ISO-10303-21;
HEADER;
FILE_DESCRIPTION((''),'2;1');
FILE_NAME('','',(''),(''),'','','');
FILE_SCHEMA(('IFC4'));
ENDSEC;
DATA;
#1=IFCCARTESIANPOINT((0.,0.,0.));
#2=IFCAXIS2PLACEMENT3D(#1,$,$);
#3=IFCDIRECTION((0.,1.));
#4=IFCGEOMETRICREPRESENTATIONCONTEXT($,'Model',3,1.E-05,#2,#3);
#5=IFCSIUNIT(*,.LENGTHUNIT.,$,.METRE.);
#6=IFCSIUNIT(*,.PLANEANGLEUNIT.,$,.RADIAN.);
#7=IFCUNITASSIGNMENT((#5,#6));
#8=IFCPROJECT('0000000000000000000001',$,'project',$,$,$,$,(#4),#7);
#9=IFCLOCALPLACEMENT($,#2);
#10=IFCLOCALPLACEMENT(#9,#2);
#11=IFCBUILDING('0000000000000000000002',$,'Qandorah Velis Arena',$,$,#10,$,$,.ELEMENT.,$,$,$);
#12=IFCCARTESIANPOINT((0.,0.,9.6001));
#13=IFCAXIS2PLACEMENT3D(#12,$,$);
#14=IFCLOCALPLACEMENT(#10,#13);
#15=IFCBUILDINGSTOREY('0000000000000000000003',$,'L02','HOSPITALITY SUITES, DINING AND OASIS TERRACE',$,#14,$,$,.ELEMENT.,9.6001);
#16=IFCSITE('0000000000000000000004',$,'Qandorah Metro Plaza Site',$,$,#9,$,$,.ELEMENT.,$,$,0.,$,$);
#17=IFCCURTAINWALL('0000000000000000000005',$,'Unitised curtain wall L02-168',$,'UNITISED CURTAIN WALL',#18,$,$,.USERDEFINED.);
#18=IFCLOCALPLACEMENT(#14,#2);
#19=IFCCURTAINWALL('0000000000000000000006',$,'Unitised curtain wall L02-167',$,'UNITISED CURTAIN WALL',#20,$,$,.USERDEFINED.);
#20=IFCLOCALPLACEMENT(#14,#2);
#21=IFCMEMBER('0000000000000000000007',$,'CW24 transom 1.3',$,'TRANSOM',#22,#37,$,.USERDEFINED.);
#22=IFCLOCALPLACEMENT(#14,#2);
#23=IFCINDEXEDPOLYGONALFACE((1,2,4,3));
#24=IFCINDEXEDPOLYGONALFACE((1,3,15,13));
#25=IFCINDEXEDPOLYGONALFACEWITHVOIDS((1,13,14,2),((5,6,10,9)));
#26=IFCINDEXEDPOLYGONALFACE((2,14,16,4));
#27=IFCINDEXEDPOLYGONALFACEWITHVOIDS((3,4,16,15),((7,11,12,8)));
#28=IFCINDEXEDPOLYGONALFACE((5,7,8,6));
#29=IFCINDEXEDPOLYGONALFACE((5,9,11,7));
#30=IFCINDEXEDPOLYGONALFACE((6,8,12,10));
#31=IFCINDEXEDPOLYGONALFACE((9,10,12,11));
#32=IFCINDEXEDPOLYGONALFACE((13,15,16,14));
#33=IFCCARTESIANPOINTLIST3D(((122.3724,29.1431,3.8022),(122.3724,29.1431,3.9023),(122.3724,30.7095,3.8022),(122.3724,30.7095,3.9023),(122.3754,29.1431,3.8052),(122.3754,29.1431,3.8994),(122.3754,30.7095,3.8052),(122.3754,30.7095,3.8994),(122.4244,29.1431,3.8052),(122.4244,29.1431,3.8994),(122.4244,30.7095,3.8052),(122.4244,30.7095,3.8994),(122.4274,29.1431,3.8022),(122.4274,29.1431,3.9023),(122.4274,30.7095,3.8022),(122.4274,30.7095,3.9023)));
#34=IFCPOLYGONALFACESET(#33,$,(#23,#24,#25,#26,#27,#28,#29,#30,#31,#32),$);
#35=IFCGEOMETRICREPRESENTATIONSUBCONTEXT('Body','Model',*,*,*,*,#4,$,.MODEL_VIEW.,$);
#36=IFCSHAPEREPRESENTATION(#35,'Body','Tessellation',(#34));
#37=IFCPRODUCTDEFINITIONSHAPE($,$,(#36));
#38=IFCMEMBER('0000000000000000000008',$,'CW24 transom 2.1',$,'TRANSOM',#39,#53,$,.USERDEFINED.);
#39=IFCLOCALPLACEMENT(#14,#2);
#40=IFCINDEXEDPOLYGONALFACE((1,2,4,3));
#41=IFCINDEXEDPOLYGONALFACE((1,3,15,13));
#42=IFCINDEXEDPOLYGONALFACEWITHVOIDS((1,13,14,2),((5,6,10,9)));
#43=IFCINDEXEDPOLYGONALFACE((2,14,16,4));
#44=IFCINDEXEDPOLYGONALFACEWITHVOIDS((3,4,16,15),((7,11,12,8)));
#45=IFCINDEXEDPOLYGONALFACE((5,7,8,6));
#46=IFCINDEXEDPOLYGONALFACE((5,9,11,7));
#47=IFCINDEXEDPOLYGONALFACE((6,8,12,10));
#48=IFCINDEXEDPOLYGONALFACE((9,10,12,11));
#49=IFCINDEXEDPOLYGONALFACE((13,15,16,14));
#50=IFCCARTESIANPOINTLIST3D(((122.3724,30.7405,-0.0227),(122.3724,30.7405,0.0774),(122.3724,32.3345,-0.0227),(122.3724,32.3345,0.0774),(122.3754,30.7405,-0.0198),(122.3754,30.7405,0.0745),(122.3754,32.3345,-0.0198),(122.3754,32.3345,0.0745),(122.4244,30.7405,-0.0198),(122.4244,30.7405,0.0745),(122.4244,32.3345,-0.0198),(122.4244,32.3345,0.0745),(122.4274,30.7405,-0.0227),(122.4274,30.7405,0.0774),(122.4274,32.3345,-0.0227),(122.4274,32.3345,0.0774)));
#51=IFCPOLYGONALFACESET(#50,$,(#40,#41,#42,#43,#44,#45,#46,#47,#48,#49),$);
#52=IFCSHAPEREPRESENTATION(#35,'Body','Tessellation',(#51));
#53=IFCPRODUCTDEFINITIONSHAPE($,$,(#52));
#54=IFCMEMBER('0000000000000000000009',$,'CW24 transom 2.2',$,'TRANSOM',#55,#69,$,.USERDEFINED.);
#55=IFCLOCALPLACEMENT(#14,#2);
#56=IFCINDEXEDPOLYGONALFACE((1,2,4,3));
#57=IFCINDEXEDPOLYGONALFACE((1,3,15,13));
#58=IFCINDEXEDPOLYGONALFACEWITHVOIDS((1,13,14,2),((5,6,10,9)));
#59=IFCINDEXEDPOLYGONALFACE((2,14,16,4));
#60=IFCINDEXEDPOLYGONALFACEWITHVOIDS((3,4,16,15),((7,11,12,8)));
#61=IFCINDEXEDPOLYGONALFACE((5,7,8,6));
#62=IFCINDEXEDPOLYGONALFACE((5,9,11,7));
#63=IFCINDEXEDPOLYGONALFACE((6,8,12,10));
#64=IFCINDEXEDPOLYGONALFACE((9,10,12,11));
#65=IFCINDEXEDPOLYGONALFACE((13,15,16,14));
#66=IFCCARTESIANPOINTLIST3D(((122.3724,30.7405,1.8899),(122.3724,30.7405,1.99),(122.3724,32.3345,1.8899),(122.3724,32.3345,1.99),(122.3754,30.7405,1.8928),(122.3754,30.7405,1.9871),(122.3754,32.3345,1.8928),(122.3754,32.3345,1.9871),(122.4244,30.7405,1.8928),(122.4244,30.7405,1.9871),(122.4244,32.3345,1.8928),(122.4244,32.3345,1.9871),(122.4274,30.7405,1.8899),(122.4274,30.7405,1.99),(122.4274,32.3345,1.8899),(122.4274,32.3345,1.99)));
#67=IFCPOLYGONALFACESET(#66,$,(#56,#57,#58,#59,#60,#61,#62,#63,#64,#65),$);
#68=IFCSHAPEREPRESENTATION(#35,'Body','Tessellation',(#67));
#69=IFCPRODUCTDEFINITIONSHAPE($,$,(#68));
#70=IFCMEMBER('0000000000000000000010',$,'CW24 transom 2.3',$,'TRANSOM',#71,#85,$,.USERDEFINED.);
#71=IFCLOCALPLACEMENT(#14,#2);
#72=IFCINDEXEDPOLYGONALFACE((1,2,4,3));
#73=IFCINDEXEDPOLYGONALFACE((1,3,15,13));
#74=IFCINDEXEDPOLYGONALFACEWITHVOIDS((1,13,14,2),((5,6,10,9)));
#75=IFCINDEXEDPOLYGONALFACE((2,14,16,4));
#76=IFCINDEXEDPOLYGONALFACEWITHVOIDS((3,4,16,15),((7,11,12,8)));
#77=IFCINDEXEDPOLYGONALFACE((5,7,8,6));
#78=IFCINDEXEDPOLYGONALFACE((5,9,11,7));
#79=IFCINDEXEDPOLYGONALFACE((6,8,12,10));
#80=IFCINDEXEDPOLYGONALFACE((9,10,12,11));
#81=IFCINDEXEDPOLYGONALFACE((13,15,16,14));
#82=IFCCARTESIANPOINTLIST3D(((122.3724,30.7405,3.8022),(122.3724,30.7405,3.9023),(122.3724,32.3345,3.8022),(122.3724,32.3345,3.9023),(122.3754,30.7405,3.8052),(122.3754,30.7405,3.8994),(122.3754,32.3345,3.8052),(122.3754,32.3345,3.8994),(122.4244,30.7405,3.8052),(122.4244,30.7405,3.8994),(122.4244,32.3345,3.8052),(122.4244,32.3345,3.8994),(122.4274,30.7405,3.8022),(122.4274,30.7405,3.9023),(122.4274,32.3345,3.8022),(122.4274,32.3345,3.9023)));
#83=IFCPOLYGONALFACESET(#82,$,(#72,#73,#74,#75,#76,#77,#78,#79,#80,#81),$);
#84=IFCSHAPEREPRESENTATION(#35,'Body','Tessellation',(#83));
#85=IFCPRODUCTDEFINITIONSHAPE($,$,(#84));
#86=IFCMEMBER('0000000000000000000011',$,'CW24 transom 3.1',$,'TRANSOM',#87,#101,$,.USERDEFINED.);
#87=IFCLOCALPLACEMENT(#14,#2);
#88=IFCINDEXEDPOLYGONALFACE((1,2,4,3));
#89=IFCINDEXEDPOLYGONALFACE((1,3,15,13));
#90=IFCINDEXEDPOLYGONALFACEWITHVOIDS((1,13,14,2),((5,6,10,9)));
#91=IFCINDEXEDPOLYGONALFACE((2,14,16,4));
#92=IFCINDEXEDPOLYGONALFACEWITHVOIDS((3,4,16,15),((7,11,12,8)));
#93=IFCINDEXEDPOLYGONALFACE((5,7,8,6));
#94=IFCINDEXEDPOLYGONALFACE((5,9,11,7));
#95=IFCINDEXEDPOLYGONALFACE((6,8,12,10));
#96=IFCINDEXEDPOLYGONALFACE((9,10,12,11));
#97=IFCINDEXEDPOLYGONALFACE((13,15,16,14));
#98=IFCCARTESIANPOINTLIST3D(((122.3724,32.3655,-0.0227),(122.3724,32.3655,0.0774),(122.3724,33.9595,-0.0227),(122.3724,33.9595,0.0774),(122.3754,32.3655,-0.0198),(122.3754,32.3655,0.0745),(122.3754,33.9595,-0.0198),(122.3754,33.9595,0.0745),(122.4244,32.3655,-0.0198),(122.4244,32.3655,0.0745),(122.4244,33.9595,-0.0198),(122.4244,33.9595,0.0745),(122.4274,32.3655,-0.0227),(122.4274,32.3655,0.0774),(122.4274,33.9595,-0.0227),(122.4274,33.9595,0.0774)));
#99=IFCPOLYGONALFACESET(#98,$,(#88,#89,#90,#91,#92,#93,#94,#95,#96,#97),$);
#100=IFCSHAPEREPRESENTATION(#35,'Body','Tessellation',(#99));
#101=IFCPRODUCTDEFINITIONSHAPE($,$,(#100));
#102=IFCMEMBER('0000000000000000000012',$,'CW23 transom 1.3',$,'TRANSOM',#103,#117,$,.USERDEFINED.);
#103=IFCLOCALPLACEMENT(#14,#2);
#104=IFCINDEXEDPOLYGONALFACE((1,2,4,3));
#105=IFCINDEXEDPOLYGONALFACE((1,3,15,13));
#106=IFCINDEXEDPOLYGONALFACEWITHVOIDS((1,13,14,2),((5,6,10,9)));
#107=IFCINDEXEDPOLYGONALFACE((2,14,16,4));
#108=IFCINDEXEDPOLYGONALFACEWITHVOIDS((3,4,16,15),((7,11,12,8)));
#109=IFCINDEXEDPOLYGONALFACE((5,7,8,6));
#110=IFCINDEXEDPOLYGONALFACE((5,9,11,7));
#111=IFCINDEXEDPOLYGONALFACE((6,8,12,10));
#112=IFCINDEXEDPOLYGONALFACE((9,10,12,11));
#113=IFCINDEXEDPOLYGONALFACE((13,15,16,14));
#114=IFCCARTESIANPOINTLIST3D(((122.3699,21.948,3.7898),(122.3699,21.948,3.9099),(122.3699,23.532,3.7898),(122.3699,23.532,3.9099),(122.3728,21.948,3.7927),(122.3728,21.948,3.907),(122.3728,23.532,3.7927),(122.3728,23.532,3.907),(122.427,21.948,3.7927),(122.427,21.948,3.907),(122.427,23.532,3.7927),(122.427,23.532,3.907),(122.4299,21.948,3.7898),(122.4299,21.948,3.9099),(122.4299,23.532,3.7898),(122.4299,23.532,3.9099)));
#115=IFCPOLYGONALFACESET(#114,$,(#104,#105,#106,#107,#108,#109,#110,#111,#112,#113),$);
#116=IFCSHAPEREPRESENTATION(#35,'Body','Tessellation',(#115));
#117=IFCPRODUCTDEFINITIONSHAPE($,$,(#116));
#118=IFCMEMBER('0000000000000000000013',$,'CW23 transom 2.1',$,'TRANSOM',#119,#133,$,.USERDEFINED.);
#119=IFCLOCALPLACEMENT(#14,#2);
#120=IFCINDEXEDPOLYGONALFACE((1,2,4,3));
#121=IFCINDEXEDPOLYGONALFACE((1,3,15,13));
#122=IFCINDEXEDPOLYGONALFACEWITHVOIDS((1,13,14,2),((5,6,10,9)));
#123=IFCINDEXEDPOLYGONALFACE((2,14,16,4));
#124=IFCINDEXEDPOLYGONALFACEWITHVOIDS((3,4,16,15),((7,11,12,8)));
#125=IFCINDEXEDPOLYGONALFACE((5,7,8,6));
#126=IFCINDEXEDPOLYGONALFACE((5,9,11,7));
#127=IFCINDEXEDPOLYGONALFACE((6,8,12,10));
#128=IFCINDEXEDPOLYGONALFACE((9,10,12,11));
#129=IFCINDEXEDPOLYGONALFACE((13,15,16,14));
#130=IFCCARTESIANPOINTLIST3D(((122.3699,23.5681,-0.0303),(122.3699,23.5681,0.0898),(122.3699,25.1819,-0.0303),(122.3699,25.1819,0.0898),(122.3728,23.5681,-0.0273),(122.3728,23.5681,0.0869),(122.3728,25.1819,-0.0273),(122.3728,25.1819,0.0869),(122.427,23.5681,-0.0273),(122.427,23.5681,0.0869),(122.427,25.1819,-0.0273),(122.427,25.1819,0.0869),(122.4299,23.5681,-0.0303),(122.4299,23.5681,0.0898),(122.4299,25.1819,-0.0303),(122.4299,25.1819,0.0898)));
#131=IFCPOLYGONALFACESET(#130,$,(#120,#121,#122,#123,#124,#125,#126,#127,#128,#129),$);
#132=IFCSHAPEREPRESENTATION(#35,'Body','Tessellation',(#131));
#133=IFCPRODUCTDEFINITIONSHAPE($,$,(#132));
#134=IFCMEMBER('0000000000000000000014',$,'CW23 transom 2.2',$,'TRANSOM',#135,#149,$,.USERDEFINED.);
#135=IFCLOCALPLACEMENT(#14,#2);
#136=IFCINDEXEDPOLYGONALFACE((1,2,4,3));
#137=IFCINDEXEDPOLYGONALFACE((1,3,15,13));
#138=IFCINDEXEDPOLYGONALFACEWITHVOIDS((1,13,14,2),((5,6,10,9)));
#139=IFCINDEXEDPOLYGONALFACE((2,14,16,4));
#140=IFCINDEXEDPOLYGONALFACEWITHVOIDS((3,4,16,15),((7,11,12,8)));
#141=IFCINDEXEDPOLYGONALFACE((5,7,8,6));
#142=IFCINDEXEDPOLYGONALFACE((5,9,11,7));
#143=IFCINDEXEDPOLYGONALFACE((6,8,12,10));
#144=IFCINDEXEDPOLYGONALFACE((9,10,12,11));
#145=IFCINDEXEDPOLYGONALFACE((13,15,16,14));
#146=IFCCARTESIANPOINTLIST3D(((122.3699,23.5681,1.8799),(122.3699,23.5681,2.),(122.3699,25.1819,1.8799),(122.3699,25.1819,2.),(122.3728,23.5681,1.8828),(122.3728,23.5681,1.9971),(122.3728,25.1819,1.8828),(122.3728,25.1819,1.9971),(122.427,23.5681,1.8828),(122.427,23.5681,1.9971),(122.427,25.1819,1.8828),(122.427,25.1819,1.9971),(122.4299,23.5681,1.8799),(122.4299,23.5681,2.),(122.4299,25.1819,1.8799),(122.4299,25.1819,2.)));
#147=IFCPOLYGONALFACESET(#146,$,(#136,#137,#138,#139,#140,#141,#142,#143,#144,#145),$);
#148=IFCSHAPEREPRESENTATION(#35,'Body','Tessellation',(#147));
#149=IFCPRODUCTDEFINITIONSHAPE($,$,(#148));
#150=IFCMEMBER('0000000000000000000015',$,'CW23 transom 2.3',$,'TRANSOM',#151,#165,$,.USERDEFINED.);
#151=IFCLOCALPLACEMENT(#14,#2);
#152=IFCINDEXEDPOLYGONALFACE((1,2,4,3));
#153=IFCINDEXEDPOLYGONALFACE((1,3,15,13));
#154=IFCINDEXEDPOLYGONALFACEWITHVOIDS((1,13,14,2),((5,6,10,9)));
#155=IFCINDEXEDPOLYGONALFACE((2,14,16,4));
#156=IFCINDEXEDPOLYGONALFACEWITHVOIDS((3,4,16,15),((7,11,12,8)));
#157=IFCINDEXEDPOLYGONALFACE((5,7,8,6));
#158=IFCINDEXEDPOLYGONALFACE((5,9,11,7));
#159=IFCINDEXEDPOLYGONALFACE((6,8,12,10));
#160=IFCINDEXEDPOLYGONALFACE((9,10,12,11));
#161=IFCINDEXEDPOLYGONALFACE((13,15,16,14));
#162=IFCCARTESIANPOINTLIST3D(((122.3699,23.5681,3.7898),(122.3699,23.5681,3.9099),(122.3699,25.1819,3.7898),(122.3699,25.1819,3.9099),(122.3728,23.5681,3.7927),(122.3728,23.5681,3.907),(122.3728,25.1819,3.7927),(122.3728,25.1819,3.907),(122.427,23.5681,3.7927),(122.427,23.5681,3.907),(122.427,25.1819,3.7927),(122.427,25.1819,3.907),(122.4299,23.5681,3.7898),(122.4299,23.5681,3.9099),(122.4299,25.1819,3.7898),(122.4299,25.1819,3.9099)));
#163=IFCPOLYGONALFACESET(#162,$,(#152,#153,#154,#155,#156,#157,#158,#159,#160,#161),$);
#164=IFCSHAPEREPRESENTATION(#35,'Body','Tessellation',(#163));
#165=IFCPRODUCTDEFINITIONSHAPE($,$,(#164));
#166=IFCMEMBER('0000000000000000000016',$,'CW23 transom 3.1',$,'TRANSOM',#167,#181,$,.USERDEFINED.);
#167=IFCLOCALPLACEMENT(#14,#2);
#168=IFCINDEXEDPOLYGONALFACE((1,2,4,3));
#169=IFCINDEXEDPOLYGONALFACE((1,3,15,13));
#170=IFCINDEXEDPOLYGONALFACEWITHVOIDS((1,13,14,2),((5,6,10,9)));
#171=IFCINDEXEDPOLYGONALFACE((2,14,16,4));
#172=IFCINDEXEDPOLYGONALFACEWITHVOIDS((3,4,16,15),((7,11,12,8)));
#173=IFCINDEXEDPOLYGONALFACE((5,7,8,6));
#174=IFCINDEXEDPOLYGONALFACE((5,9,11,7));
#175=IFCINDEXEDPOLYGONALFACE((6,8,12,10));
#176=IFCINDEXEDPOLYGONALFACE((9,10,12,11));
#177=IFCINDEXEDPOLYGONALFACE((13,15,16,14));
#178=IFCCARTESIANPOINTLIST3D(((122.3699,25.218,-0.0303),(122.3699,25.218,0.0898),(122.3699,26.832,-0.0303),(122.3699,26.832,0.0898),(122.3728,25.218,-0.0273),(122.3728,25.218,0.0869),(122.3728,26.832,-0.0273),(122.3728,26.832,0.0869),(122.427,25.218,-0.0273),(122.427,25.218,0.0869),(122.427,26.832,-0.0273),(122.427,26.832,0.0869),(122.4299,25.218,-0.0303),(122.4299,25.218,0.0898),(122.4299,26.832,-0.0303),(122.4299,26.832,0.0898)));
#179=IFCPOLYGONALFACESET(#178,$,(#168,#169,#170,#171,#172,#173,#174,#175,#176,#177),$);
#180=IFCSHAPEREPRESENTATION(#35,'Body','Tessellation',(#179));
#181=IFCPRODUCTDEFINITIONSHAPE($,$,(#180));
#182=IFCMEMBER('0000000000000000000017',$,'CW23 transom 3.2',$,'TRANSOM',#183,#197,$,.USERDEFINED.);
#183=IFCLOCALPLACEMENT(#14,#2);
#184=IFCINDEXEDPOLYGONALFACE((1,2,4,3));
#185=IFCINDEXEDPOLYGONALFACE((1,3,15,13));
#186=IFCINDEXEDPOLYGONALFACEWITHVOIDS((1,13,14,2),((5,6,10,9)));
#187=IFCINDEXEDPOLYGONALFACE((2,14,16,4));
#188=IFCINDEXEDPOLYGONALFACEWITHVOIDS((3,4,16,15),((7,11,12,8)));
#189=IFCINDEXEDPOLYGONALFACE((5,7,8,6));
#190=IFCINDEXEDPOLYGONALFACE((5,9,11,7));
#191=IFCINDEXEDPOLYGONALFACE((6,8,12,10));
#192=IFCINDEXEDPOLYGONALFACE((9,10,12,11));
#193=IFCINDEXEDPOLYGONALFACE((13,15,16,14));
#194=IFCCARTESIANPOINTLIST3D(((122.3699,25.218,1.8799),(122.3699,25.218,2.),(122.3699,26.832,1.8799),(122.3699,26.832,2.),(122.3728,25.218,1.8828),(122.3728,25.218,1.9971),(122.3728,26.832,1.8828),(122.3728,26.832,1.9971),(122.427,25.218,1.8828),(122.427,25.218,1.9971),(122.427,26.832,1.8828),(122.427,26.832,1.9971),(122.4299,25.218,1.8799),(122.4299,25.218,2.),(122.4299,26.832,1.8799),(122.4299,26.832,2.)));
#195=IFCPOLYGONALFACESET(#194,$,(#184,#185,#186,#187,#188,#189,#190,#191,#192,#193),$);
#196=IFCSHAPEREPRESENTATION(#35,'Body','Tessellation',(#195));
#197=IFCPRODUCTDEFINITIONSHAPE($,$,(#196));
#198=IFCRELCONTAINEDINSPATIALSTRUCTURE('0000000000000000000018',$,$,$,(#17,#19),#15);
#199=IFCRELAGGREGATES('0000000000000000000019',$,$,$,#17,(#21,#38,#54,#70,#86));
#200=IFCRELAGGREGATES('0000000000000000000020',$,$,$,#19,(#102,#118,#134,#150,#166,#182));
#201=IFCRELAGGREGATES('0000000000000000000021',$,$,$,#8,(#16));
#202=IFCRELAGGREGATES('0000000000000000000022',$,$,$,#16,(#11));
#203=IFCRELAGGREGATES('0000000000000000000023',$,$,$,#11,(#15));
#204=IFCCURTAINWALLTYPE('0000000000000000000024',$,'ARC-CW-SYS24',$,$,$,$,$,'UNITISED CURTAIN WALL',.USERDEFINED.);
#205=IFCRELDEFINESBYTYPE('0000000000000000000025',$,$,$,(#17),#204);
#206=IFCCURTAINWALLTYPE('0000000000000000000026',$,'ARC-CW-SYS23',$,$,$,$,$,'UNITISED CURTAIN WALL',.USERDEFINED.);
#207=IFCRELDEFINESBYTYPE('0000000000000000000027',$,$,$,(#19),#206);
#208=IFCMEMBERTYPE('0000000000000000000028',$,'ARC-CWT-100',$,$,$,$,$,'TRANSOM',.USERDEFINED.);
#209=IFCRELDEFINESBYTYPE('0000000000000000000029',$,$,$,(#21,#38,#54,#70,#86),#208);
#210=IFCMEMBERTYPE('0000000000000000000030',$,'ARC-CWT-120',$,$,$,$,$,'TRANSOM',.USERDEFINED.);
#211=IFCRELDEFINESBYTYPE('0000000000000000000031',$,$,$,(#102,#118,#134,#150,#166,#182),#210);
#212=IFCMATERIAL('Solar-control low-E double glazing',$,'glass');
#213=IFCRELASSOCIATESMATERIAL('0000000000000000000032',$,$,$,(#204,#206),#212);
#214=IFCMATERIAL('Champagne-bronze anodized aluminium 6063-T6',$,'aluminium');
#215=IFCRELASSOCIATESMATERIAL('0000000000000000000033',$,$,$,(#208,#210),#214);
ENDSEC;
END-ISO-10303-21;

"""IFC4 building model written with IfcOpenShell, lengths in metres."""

from ifc_helpers import new_model, si_unit, direction, frame, origin, origin_2d, place, context, subcontext, project, spatial, hollow_rectangle, extrude, material, material_profile, profile_set, type_object, element, aggregate, save


model = new_model("IFC4")

# Units and contexts
model_context = context("Model", 3, precision=1e-05, world=origin(), true_north=direction((0.0, 1.0)))
body_context = subcontext(model_context, "Body", "Model", "MODEL_VIEW")
ifc_project = project(units=[si_unit("LENGTHUNIT", "METRE"), si_unit("PLANEANGLEUNIT", "RADIAN")], contexts=[model_context])

# Site, building, storey
site_placement = place(None, origin())
site = spatial("IfcSite", under=ifc_project, at=site_placement, Name="Qandorah Metro Plaza Site", CompositionType="ELEMENT", RefElevation=0.0)
building_placement = place(site_placement, origin())
building = spatial("IfcBuilding", under=site, at=building_placement, Name="Qandorah Velis Arena", CompositionType="ELEMENT")
storey_placement = place(building_placement, frame((0.0, 0.0, 9.6001)))
storey = spatial("IfcBuildingStorey", under=building, at=storey_placement, Name="L02", Description="HOSPITALITY SUITES, DINING AND OASIS TERRACE", CompositionType="ELEMENT", Elevation=9.6001)

# Curtain walls
ifc_material_1 = material(Name="Solar-control low-E double glazing", Category="glass")
curtain_wall_type_1 = type_object("IfcCurtainWallType", Name="ARC-CW-SYS24", ElementType="UNITISED CURTAIN WALL", PredefinedType="USERDEFINED", material=ifc_material_1)
curtain_wall_1_placement = place(storey_placement, origin())
curtain_wall_1 = element("IfcCurtainWall", 1, at=curtain_wall_1_placement, inside=storey, type_object=curtain_wall_type_1, Name="Unitised curtain wall L02-168", ObjectType="UNITISED CURTAIN WALL", PredefinedType="USERDEFINED")
ifc_material_2 = material(Name="Champagne-bronze anodized aluminium 6063-T6", Category="aluminium")
curtain_wall_type_2 = type_object("IfcCurtainWallType", Name="ARC-CW-SYS23", ElementType="UNITISED CURTAIN WALL", PredefinedType="USERDEFINED", material=ifc_material_1)
curtain_wall_2_placement = place(storey_placement, origin())
curtain_wall_2 = element("IfcCurtainWall", 2, at=curtain_wall_2_placement, inside=storey, type_object=curtain_wall_type_2, Name="Unitised curtain wall L02-167", ObjectType="UNITISED CURTAIN WALL", PredefinedType="USERDEFINED")

# Members
ifc_material_profile_1 = material_profile(ifc_material_2, hollow_rectangle(XDim=0.0549, YDim=0.1001, WallThickness=0.0029, at=origin_2d()), Name="ALU TRANSOM 55x100")
ifc_profile_set_1 = profile_set([ifc_material_profile_1], Name="Champagne-bronze anodized aluminium 6063-T6")
member_type_1 = type_object("IfcMemberType", Name="ARC-CWT-100", ElementType="TRANSOM", PredefinedType="USERDEFINED", material=ifc_profile_set_1)
member_1_placement = place(storey_placement, frame((122.3999, 29.1431, 3.8523), z_axis=(0.0, 1.0, 0.0), x_axis=(-1.0, 0.0, 0.0)))
member_1 = element("IfcMember", 3, at=member_1_placement, type_object=member_type_1, Name="CW24 transom 1.3", ObjectType="TRANSOM", PredefinedType="USERDEFINED", context=body_context, shape_type="SweptSolid", body=[
    extrude(hollow_rectangle(XDim=0.0549, YDim=0.1001, WallThickness=0.0029, at=origin_2d()), origin(), (0.0, 0.0, 1.0), 1.5664),
])
member_2_placement = place(storey_placement, frame((122.3999, 30.7405, 0.0273), z_axis=(0.0, 1.0, 0.0), x_axis=(-1.0, 0.0, 0.0)))
member_2 = element("IfcMember", 4, at=member_2_placement, type_object=member_type_1, Name="CW24 transom 2.1", ObjectType="TRANSOM", PredefinedType="USERDEFINED", context=body_context, shape_type="SweptSolid", body=[
    extrude(hollow_rectangle(XDim=0.0549, YDim=0.1001, WallThickness=0.0029, at=origin_2d()), origin(), (0.0, 0.0, 1.0), 1.594),
])
member_3_placement = place(storey_placement, frame((122.3999, 30.7405, 1.9399), z_axis=(0.0, 1.0, 0.0), x_axis=(-1.0, 0.0, 0.0)))
member_3 = element("IfcMember", 5, at=member_3_placement, type_object=member_type_1, Name="CW24 transom 2.2", ObjectType="TRANSOM", PredefinedType="USERDEFINED", context=body_context, shape_type="SweptSolid", body=[
    extrude(hollow_rectangle(XDim=0.0549, YDim=0.1001, WallThickness=0.0029, at=origin_2d()), origin(), (0.0, 0.0, 1.0), 1.594),
])
member_4_placement = place(storey_placement, frame((122.3999, 30.7405, 3.8523), z_axis=(0.0, 1.0, 0.0), x_axis=(-1.0, 0.0, 0.0)))
member_4 = element("IfcMember", 6, at=member_4_placement, type_object=member_type_1, Name="CW24 transom 2.3", ObjectType="TRANSOM", PredefinedType="USERDEFINED", context=body_context, shape_type="SweptSolid", body=[
    extrude(hollow_rectangle(XDim=0.0549, YDim=0.1001, WallThickness=0.0029, at=origin_2d()), origin(), (0.0, 0.0, 1.0), 1.594),
])
member_5_placement = place(storey_placement, frame((122.3999, 32.3655, 0.0273), z_axis=(0.0, 1.0, 0.0), x_axis=(-1.0, 0.0, 0.0)))
member_5 = element("IfcMember", 7, at=member_5_placement, type_object=member_type_1, Name="CW24 transom 3.1", ObjectType="TRANSOM", PredefinedType="USERDEFINED", context=body_context, shape_type="SweptSolid", body=[
    extrude(hollow_rectangle(XDim=0.0549, YDim=0.1001, WallThickness=0.0029, at=origin_2d()), origin(), (0.0, 0.0, 1.0), 1.594),
])
ifc_material_profile_2 = material_profile(ifc_material_2, hollow_rectangle(XDim=0.0601, YDim=0.1201, WallThickness=0.0029, at=origin_2d()), Name="ALU TRANSOM 60x120")
ifc_profile_set_2 = profile_set([ifc_material_profile_2], Name="Champagne-bronze anodized aluminium 6063-T6")
member_type_2 = type_object("IfcMemberType", Name="ARC-CWT-120", ElementType="TRANSOM", PredefinedType="USERDEFINED", material=ifc_profile_set_2)
member_6_placement = place(storey_placement, frame((122.3999, 21.948, 3.8499), z_axis=(0.0, 1.0, 0.0), x_axis=(-1.0, 0.0, 0.0)))
member_6 = element("IfcMember", 8, at=member_6_placement, type_object=member_type_2, Name="CW23 transom 1.3", ObjectType="TRANSOM", PredefinedType="USERDEFINED", context=body_context, shape_type="SweptSolid", body=[
    extrude(hollow_rectangle(XDim=0.0601, YDim=0.1201, WallThickness=0.0029, at=origin_2d()), origin(), (0.0, 0.0, 1.0), 1.584),
])
member_7_placement = place(storey_placement, frame((122.3999, 23.5681, 0.0298), z_axis=(0.0, 1.0, 0.0), x_axis=(-1.0, 0.0, 0.0)))
member_7 = element("IfcMember", 9, at=member_7_placement, type_object=member_type_2, Name="CW23 transom 2.1", ObjectType="TRANSOM", PredefinedType="USERDEFINED", context=body_context, shape_type="SweptSolid", body=[
    extrude(hollow_rectangle(XDim=0.0601, YDim=0.1201, WallThickness=0.0029, at=origin_2d()), origin(), (0.0, 0.0, 1.0), 1.6138),
])
member_8_placement = place(storey_placement, frame((122.3999, 23.5681, 1.9399), z_axis=(0.0, 1.0, 0.0), x_axis=(-1.0, 0.0, 0.0)))
member_8 = element("IfcMember", 10, at=member_8_placement, type_object=member_type_2, Name="CW23 transom 2.2", ObjectType="TRANSOM", PredefinedType="USERDEFINED", context=body_context, shape_type="SweptSolid", body=[
    extrude(hollow_rectangle(XDim=0.0601, YDim=0.1201, WallThickness=0.0029, at=origin_2d()), origin(), (0.0, 0.0, 1.0), 1.6138),
])
member_9_placement = place(storey_placement, frame((122.3999, 23.5681, 3.8499), z_axis=(0.0, 1.0, 0.0), x_axis=(-1.0, 0.0, 0.0)))
member_9 = element("IfcMember", 11, at=member_9_placement, type_object=member_type_2, Name="CW23 transom 2.3", ObjectType="TRANSOM", PredefinedType="USERDEFINED", context=body_context, shape_type="SweptSolid", body=[
    extrude(hollow_rectangle(XDim=0.0601, YDim=0.1201, WallThickness=0.0029, at=origin_2d()), origin(), (0.0, 0.0, 1.0), 1.6138),
])
member_10_placement = place(storey_placement, frame((122.3999, 25.218, 0.0298), z_axis=(0.0, 1.0, 0.0), x_axis=(-1.0, 0.0, 0.0)))
member_10 = element("IfcMember", 12, at=member_10_placement, type_object=member_type_2, Name="CW23 transom 3.1", ObjectType="TRANSOM", PredefinedType="USERDEFINED", context=body_context, shape_type="SweptSolid", body=[
    extrude(hollow_rectangle(XDim=0.0601, YDim=0.1201, WallThickness=0.0029, at=origin_2d()), origin(), (0.0, 0.0, 1.0), 1.614),
])
member_11_placement = place(storey_placement, frame((122.3999, 25.218, 1.9399), z_axis=(0.0, 1.0, 0.0), x_axis=(-1.0, 0.0, 0.0)))
member_11 = element("IfcMember", 13, at=member_11_placement, type_object=member_type_2, Name="CW23 transom 3.2", ObjectType="TRANSOM", PredefinedType="USERDEFINED", context=body_context, shape_type="SweptSolid", body=[
    extrude(hollow_rectangle(XDim=0.0601, YDim=0.1201, WallThickness=0.0029, at=origin_2d()), origin(), (0.0, 0.0, 1.0), 1.614),
])

aggregate(curtain_wall_1, [member_1, member_2, member_3, member_4, member_5])
aggregate(curtain_wall_2, [member_6, member_7, member_8, member_9, member_10, member_11])

save(model, "model.ifc")
